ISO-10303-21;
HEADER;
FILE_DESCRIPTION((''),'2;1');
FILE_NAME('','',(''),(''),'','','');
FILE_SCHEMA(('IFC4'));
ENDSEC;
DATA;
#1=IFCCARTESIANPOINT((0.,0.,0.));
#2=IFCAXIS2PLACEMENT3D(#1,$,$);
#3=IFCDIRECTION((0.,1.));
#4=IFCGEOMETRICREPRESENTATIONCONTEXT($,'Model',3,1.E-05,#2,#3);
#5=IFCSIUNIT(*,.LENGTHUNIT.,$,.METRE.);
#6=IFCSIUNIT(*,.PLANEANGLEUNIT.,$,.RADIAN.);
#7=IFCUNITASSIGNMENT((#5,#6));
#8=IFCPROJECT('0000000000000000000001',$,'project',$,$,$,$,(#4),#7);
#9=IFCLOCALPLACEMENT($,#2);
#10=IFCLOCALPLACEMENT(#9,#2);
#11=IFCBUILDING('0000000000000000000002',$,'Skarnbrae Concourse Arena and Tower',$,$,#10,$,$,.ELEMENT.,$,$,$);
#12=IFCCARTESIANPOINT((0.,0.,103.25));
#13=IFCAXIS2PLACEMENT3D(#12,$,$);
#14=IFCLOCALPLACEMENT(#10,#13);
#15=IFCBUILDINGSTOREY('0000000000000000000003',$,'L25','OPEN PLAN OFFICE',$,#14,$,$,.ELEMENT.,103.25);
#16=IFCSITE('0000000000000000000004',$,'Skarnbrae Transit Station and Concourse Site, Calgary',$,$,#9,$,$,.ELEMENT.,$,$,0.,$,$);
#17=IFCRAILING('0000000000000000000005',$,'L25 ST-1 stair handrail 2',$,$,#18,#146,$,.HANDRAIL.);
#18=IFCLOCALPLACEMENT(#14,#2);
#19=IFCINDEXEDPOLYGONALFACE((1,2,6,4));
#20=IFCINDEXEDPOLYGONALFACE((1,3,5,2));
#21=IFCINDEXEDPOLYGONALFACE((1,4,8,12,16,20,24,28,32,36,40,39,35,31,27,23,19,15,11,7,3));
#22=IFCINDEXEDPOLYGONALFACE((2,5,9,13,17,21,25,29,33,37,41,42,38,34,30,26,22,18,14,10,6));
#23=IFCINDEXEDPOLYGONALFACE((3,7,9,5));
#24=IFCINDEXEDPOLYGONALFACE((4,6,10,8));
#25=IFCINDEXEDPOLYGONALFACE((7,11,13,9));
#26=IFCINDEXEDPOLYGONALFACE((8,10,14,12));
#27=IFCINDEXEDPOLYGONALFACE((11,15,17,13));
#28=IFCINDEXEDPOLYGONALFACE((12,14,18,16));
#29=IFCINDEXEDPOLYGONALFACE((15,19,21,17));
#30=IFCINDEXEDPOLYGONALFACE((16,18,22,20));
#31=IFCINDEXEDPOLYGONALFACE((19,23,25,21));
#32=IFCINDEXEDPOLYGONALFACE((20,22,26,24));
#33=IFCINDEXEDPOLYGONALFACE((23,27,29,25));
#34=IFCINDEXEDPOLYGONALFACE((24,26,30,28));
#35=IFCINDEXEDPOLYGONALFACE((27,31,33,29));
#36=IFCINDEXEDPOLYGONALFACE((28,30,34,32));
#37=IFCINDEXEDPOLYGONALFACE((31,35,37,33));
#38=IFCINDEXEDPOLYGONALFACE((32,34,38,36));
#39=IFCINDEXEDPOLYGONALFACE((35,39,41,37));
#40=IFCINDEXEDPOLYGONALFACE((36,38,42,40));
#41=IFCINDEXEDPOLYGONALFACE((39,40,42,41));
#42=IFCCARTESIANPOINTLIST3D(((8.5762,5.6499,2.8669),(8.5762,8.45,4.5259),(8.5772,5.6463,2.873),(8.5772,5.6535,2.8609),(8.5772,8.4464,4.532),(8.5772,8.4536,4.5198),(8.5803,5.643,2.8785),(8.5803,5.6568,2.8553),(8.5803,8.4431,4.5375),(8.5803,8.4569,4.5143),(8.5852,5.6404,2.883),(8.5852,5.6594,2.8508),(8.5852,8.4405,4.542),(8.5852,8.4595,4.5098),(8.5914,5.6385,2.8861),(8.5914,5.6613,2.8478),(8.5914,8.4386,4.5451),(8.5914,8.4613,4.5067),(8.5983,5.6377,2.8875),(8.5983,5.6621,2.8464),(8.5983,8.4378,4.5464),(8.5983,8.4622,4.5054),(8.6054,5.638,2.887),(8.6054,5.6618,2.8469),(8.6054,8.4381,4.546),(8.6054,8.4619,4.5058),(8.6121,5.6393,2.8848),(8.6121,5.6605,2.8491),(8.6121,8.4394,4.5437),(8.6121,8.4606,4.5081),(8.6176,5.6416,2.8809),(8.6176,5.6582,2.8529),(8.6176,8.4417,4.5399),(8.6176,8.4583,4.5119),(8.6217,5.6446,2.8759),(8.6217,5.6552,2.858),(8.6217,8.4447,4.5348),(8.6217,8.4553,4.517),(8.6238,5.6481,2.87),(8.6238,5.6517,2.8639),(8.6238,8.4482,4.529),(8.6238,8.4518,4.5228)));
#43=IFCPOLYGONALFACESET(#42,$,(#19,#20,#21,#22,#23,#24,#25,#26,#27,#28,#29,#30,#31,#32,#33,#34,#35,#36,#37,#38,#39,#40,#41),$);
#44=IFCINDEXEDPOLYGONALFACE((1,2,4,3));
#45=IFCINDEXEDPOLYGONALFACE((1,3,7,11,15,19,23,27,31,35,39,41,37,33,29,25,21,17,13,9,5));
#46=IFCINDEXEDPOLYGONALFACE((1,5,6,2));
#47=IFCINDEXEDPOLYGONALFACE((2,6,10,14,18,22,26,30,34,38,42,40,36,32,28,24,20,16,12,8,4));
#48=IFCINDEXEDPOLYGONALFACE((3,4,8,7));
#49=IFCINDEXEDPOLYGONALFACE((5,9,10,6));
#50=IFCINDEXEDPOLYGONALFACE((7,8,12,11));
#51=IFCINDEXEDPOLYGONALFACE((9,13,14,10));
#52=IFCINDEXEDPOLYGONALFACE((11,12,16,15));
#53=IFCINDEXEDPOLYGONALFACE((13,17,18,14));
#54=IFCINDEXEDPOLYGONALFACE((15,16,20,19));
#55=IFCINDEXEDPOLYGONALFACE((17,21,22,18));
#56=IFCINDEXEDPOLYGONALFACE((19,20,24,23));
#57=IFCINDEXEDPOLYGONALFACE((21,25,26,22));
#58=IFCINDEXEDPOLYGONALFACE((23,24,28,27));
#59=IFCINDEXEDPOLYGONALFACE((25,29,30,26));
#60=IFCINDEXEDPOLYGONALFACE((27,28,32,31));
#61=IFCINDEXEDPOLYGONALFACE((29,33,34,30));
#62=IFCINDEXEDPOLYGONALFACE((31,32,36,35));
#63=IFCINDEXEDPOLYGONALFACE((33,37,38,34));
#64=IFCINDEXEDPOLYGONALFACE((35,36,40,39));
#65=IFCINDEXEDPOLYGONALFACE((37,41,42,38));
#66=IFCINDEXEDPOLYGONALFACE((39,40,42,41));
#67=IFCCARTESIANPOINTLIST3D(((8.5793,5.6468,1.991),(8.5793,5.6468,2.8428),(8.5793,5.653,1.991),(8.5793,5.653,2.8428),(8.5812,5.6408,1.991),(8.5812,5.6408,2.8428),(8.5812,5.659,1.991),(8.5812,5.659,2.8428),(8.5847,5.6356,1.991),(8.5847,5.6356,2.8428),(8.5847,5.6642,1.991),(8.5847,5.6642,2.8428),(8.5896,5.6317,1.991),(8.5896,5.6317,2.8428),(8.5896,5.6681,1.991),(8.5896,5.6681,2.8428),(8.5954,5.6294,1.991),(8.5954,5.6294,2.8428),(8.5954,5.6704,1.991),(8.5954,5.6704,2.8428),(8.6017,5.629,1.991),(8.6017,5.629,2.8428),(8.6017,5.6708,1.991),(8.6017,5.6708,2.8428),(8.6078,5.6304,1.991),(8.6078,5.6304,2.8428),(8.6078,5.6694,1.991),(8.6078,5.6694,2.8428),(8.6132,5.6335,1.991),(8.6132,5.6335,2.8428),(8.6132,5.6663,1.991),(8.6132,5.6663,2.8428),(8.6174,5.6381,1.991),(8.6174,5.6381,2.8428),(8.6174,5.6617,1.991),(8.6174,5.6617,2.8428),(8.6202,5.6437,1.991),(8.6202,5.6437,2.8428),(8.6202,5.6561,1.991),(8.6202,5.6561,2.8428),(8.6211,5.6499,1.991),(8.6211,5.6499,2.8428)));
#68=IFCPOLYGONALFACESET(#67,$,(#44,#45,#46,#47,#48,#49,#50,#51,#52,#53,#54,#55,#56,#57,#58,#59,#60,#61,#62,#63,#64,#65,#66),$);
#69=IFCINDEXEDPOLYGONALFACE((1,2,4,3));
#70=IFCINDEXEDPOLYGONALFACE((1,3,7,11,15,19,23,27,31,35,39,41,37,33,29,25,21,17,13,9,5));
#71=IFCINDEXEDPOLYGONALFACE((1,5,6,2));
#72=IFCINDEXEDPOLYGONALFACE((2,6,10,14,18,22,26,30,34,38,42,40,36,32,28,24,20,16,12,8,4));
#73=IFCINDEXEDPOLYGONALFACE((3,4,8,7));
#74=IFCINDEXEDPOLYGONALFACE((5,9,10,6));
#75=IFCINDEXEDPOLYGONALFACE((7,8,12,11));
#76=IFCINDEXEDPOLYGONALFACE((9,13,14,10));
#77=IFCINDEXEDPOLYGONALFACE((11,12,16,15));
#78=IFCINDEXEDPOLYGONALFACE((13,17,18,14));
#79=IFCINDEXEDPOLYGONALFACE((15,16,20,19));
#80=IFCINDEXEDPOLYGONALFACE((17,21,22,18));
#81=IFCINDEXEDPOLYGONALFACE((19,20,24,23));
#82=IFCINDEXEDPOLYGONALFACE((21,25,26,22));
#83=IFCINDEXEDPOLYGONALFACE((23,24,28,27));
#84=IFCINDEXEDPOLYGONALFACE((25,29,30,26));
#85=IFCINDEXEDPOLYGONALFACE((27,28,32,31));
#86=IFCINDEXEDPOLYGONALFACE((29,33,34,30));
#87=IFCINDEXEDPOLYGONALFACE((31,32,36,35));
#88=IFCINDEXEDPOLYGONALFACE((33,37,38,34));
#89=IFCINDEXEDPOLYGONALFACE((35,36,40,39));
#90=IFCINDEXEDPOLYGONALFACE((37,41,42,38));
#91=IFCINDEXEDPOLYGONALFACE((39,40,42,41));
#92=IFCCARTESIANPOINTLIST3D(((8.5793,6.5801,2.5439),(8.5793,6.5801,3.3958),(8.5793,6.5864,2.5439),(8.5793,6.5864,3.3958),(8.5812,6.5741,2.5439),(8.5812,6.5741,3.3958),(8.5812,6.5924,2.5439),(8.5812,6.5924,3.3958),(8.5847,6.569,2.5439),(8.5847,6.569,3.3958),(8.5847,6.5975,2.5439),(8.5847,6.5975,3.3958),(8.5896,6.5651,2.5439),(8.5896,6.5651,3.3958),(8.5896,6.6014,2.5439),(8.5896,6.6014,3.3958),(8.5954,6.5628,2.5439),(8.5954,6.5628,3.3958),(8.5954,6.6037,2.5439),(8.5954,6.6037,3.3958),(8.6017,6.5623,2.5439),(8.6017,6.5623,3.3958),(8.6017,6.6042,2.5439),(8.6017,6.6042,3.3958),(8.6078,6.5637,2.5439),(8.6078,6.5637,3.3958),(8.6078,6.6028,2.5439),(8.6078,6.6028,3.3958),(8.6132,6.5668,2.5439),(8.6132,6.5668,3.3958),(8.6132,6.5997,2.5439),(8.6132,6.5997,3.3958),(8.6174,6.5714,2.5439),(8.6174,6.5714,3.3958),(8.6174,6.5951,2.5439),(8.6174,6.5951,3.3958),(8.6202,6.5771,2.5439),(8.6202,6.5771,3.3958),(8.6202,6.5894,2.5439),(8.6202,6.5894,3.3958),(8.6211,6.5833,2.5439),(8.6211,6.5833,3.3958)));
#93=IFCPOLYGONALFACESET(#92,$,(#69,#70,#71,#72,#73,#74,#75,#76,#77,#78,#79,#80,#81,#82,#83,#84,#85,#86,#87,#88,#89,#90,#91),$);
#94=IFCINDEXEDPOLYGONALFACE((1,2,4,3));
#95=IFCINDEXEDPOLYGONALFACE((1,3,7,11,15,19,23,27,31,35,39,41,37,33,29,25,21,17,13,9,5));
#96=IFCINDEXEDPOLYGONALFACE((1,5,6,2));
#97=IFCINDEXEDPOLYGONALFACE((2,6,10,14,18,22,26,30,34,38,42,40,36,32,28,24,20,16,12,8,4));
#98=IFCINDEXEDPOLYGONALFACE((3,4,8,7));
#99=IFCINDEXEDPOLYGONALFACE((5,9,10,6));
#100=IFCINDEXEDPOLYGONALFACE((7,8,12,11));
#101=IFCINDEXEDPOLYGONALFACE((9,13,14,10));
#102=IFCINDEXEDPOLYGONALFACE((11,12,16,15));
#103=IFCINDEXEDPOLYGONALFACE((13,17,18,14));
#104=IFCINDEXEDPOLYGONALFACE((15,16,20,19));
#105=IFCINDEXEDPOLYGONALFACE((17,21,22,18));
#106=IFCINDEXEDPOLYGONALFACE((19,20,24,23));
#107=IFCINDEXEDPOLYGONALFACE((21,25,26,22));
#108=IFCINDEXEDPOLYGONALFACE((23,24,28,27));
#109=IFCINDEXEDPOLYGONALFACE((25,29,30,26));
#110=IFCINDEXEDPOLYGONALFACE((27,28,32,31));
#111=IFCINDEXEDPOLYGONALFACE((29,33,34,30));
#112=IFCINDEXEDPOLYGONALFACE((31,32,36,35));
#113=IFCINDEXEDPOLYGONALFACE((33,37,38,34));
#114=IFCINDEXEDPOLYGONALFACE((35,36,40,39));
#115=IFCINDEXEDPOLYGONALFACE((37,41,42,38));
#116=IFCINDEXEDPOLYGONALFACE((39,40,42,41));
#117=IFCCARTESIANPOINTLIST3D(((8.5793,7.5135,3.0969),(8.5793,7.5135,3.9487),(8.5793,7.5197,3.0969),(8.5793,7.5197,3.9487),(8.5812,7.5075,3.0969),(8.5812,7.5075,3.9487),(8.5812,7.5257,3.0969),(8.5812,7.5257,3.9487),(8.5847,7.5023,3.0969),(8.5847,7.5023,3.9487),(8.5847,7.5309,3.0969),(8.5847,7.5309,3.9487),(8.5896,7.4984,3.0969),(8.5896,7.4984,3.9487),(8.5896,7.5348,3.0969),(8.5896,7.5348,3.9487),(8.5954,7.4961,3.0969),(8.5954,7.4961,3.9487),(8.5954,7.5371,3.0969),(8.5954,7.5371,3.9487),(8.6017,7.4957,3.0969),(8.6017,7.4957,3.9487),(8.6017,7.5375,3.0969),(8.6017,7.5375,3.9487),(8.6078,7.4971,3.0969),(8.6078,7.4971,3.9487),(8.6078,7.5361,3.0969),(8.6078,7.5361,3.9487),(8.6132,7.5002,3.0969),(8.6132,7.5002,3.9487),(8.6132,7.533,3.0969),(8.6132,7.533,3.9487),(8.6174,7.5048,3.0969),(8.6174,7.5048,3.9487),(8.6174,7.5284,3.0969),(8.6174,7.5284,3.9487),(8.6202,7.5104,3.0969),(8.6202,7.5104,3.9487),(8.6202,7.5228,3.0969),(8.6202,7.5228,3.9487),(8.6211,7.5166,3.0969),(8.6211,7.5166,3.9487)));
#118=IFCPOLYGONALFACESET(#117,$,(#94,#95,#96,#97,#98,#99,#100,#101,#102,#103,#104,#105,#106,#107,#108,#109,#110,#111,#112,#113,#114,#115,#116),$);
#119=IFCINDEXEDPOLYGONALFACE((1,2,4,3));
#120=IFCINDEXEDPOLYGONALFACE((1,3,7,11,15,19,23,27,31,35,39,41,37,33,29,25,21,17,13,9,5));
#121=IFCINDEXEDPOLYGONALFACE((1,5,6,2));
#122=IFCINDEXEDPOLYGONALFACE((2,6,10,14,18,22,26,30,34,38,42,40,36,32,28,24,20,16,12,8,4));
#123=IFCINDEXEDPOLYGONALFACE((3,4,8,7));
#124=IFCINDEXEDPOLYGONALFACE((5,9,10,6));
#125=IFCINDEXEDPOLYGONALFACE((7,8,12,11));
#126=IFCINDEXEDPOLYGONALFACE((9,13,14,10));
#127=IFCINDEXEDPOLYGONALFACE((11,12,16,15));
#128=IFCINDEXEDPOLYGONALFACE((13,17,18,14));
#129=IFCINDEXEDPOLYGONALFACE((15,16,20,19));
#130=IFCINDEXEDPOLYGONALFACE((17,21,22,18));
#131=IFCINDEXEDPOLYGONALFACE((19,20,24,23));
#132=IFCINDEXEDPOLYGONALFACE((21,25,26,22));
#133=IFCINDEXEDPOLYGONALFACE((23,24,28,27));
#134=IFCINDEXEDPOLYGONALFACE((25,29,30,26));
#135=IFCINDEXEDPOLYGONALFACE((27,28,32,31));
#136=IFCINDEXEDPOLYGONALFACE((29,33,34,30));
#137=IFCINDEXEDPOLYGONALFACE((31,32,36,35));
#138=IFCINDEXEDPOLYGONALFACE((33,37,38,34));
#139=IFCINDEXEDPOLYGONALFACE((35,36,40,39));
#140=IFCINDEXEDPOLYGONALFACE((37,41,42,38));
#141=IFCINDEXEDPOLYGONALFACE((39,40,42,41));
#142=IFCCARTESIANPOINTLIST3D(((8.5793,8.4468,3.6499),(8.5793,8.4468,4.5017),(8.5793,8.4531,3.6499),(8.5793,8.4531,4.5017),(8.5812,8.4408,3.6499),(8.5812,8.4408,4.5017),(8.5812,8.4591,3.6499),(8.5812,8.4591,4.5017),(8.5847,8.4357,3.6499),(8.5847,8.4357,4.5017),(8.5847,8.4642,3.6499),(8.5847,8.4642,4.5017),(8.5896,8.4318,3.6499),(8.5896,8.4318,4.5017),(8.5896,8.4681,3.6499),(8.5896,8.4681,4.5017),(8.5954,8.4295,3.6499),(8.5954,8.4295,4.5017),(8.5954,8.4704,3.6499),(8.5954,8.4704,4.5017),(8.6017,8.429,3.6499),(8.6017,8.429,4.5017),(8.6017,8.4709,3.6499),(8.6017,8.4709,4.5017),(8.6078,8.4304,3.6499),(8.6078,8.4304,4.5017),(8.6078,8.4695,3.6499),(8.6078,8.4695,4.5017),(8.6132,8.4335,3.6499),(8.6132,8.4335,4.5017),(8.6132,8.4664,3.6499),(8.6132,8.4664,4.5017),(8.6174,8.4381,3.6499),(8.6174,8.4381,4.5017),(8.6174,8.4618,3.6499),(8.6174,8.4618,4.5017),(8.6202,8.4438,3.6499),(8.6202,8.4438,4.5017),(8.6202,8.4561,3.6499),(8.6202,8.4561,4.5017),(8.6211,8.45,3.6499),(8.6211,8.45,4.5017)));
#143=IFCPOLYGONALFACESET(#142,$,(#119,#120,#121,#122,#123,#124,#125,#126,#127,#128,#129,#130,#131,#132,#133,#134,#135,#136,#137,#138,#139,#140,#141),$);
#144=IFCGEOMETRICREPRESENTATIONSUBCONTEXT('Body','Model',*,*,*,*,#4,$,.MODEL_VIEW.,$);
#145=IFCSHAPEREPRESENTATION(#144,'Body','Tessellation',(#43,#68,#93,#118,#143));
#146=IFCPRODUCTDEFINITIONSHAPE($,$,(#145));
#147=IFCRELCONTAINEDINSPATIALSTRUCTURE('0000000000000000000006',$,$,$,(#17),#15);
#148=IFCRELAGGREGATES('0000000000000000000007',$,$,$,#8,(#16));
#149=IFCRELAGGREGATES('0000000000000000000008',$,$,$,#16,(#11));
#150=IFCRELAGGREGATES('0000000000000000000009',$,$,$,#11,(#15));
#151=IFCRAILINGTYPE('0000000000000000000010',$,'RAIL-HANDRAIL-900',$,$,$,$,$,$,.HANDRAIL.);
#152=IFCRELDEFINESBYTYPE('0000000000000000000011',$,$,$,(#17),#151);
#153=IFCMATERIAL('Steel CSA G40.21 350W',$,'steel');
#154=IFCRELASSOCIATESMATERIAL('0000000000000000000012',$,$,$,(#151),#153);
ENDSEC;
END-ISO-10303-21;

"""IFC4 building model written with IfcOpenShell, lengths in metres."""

from ifc_helpers import new_model, si_unit, direction, frame, origin, origin_2d, place, context, subcontext, project, spatial, circle, extrude, material, type_object, element, save


model = new_model("IFC4")

# Units and contexts
model_context = context("Model", 3, precision=1e-05, world=origin(), true_north=direction((0.0, 1.0)))
body_context = subcontext(model_context, "Body", "Model", "MODEL_VIEW")
ifc_project = project(units=[si_unit("LENGTHUNIT", "METRE"), si_unit("PLANEANGLEUNIT", "RADIAN")], contexts=[model_context])

# Site, building, storey
site_placement = place(None, origin())
site = spatial("IfcSite", under=ifc_project, at=site_placement, Name="Skarnbrae Transit Station and Concourse Site, Calgary", CompositionType="ELEMENT", RefElevation=0.0)
building_placement = place(site_placement, origin())
building = spatial("IfcBuilding", under=site, at=building_placement, Name="Skarnbrae Concourse Arena and Tower", CompositionType="ELEMENT")
storey_placement = place(building_placement, frame((0.0, 0.0, 103.25)))
storey = spatial("IfcBuildingStorey", under=building, at=storey_placement, Name="L25", Description="OPEN PLAN OFFICE", CompositionType="ELEMENT", Elevation=103.25)

# Shared definitions
ifc_material_1 = material(Name="Steel CSA G40.21 350W", Category="steel")

# Railing
railing_type_1 = type_object("IfcRailingType", Name="RAIL-HANDRAIL-900", PredefinedType="HANDRAIL", material=ifc_material_1)
railing_1_placement = place(storey_placement, frame((8.6001, 5.6499, 1.991)))
element("IfcRailing", 1, at=railing_1_placement, inside=storey, type_object=railing_type_1, Name="L25 ST-1 stair handrail 2", PredefinedType="HANDRAIL", context=body_context, shape_type="SweptSolid", body=[
    extrude(circle(Radius=0.0239, at=origin_2d()), frame((0.0, 0.0, 0.876), z_axis=(0.0, 0.860339, 0.509722), x_axis=(-1.0, 0.0, 0.0)), (0.0, 0.0, 1.0), 3.2546),
    extrude(circle(Radius=0.021, at=origin_2d()), origin(), (0.0, 0.0, 1.0), 0.8518),
    extrude(circle(Radius=0.021, at=origin_2d()), frame((0.0, 0.9333, 0.553)), (0.0, 0.0, 1.0), 0.8518),
    extrude(circle(Radius=0.021, at=origin_2d()), frame((0.0, 1.8667, 1.106)), (0.0, 0.0, 1.0), 0.8518),
    extrude(circle(Radius=0.021, at=origin_2d()), frame((0.0, 2.8, 1.6589)), (0.0, 0.0, 1.0), 0.8518),
])

save(model, "model.ifc")
